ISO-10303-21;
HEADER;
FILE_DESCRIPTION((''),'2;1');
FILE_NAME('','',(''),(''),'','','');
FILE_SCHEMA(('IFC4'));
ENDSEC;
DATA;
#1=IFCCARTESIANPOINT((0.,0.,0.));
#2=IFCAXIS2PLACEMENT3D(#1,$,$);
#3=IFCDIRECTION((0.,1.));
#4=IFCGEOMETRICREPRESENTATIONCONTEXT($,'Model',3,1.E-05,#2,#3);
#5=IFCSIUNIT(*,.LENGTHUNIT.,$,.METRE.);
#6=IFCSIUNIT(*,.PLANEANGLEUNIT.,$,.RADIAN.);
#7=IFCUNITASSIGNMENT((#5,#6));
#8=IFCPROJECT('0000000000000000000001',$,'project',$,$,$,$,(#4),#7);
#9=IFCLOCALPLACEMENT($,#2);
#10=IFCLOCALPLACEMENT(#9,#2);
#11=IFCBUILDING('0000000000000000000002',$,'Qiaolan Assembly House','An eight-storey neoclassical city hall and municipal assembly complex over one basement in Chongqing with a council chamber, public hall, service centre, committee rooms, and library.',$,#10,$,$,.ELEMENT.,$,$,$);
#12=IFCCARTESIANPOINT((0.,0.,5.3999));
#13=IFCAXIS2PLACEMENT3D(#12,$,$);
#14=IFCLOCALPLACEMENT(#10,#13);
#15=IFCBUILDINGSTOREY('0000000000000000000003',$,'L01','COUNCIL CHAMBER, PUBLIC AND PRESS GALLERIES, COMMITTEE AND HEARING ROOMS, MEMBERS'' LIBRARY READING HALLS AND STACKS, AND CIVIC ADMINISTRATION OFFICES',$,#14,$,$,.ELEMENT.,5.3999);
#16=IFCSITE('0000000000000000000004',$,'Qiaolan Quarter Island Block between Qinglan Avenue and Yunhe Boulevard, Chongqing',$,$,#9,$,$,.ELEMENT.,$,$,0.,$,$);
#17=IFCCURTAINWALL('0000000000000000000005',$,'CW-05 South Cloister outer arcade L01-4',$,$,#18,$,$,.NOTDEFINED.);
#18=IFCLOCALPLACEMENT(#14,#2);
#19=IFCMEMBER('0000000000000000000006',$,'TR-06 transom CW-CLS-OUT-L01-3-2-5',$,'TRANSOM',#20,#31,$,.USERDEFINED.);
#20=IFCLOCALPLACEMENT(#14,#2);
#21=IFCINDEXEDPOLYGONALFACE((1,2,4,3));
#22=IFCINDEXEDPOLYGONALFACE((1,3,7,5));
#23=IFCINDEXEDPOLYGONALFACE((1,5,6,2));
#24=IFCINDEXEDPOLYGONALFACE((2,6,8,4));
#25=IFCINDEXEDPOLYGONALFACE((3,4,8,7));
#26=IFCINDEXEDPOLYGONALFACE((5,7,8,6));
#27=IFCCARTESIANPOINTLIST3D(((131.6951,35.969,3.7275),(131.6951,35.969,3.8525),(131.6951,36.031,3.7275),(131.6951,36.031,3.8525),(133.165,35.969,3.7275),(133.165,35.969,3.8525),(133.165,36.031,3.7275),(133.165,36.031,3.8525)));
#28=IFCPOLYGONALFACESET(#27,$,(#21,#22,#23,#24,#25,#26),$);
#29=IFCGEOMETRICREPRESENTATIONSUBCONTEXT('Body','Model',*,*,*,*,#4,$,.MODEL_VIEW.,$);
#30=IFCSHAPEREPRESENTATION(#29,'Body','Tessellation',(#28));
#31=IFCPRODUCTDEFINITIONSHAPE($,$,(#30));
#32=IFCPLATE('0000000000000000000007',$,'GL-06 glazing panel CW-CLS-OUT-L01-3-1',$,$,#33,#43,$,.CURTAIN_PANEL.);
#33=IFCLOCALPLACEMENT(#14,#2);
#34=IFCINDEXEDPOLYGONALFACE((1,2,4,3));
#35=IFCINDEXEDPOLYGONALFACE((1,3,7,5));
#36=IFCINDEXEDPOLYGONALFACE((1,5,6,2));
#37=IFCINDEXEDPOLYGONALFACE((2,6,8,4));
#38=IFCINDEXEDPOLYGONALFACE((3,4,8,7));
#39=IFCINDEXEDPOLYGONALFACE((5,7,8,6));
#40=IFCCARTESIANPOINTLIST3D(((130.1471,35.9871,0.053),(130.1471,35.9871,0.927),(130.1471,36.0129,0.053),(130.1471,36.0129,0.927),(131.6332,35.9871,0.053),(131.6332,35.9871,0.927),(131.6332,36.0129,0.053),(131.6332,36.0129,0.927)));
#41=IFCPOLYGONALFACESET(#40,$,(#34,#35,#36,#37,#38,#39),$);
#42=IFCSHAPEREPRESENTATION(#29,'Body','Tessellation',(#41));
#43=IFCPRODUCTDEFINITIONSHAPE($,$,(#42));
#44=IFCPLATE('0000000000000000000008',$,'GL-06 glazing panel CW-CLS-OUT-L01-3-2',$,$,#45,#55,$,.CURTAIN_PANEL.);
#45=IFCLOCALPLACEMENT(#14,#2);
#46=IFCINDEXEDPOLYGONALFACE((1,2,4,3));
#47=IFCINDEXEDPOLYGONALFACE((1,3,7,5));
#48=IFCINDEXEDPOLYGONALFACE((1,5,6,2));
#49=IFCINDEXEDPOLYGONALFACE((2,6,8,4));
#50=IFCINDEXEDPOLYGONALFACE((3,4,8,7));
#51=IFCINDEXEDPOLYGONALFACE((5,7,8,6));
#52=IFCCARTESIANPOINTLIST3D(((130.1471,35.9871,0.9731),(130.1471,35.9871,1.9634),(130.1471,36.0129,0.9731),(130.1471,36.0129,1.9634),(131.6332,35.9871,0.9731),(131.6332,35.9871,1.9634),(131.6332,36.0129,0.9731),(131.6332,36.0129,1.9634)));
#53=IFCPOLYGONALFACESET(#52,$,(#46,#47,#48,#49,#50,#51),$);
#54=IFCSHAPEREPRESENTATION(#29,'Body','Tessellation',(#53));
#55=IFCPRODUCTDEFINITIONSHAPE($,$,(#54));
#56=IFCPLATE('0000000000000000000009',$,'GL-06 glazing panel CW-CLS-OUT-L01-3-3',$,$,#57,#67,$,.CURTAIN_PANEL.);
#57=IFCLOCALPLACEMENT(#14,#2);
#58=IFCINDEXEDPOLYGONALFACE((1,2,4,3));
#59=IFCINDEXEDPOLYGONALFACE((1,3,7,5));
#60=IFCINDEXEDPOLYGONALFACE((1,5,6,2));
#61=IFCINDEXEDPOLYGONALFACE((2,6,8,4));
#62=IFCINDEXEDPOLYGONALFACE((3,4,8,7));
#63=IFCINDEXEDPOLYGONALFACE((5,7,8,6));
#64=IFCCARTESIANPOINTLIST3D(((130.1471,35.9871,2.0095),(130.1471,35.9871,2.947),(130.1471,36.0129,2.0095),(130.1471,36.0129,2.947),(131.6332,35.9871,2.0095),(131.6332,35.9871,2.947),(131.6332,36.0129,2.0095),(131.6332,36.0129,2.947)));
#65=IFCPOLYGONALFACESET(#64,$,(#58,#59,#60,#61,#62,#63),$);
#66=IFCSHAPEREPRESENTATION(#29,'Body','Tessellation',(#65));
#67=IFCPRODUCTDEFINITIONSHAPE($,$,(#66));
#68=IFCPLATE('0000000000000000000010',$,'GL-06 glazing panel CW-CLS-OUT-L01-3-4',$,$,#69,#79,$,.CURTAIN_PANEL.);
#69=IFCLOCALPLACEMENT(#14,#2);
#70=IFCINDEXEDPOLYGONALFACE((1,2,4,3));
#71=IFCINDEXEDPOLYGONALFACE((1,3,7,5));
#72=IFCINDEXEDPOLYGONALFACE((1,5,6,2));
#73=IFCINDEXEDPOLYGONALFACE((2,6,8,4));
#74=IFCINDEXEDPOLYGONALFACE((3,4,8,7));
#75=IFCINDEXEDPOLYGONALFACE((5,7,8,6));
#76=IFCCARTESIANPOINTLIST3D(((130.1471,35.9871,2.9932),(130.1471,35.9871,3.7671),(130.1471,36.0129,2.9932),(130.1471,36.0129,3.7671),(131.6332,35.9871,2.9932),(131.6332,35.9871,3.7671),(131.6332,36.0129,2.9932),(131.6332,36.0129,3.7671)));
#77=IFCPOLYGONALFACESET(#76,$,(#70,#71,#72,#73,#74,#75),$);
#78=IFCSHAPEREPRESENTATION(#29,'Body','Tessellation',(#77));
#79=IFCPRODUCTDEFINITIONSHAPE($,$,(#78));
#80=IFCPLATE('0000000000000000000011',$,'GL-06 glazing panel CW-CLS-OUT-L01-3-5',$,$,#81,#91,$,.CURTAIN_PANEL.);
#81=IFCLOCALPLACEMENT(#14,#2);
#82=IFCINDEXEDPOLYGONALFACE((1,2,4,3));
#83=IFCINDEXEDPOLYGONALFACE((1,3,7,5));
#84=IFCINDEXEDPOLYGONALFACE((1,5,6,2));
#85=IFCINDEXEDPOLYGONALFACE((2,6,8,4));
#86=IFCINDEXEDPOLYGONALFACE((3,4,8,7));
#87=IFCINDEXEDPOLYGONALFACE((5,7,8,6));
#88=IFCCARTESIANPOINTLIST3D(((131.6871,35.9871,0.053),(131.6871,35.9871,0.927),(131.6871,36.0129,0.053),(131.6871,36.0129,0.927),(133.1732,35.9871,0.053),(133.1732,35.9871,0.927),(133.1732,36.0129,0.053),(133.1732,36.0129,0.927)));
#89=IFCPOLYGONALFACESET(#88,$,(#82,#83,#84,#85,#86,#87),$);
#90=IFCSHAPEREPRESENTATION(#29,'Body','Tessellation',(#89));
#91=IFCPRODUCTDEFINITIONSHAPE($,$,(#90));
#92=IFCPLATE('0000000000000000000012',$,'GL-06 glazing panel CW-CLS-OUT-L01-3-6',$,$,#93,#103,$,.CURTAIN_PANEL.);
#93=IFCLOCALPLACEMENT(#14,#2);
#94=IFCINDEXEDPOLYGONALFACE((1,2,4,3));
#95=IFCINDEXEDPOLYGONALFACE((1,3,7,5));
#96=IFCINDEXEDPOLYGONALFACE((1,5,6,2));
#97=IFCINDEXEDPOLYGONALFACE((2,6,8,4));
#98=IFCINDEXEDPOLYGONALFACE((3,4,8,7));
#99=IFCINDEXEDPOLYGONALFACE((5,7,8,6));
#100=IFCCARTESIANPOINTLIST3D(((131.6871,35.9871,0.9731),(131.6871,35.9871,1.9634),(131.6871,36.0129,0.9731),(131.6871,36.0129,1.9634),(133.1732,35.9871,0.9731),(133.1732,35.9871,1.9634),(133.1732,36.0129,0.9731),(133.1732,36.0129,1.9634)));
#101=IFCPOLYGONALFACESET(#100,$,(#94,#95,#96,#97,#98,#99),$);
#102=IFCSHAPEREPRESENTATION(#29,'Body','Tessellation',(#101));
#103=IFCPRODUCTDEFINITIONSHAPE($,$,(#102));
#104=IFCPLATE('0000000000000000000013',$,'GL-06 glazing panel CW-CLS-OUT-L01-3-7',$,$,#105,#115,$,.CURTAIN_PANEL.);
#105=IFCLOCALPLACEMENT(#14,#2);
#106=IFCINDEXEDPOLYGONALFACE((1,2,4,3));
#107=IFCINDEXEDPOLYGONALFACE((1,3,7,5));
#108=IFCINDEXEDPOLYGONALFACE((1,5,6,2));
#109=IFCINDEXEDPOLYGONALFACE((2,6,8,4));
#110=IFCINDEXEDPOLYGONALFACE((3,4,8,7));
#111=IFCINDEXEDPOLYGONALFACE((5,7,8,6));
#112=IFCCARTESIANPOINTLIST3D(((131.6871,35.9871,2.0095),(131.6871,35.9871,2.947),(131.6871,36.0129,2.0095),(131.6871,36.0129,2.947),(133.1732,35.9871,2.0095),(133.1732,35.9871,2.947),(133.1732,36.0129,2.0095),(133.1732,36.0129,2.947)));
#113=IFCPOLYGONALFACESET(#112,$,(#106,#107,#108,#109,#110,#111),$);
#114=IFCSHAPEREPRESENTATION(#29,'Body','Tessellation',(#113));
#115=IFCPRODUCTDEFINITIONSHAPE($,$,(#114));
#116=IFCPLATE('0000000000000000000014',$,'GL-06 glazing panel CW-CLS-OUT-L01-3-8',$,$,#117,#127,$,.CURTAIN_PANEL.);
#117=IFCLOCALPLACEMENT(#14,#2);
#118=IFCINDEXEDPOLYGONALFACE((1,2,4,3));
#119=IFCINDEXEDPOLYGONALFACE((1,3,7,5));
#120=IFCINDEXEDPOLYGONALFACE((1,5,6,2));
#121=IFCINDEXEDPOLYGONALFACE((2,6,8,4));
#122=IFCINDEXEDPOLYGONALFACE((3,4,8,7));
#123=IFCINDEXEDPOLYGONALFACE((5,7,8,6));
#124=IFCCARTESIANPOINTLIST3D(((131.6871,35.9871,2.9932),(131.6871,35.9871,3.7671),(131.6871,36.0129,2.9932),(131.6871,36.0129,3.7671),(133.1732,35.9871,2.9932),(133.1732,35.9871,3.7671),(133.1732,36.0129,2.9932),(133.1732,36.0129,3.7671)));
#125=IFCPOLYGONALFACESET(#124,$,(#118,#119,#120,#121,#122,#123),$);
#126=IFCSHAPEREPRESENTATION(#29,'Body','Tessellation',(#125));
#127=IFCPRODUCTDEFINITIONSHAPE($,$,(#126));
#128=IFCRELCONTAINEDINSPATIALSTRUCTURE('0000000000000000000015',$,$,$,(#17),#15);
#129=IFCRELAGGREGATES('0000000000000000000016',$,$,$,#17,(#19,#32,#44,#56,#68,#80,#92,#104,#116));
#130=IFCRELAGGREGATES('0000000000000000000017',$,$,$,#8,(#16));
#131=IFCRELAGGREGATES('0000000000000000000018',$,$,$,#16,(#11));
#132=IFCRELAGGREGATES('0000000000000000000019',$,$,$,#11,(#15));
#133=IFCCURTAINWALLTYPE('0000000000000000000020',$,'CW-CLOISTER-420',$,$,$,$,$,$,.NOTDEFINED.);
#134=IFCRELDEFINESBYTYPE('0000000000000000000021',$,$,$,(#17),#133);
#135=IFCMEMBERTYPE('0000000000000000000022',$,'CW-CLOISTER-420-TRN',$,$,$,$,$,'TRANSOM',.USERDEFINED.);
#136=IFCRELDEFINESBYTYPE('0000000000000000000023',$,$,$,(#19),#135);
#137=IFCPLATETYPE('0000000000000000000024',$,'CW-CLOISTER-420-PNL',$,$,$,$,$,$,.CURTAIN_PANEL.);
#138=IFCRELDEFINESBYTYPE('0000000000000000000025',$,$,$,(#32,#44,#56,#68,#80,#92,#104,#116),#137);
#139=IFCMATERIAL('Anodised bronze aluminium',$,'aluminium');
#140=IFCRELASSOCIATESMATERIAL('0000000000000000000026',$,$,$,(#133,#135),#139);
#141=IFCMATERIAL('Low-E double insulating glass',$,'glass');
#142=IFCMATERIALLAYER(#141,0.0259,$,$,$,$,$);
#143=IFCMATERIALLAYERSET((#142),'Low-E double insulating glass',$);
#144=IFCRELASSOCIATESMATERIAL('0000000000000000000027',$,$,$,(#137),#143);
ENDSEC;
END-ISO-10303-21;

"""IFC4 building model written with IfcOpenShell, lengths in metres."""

from ifc_helpers import new_model, si_unit, direction, frame, frame_2d, origin, origin_2d, place, context, subcontext, project, spatial, rectangle, extrude, material, layer, layer_set, material_profile, profile_set, type_object, element, aggregate, save


model = new_model("IFC4")

# Units and contexts
model_context = context("Model", 3, precision=1e-05, world=origin(), true_north=direction((0.0, 1.0)))
body_context = subcontext(model_context, "Body", "Model", "MODEL_VIEW")
ifc_project = project(units=[si_unit("LENGTHUNIT", "METRE"), si_unit("PLANEANGLEUNIT", "RADIAN")], contexts=[model_context])

# Site, building, storey
site_placement = place(None, origin())
site = spatial("IfcSite", under=ifc_project, at=site_placement, Name="Qiaolan Quarter Island Block between Qinglan Avenue and Yunhe Boulevard, Chongqing", CompositionType="ELEMENT", RefElevation=0.0)
building_placement = place(site_placement, origin())
building = spatial("IfcBuilding", under=site, at=building_placement, Name="Qiaolan Assembly House", Description="An eight-storey neoclassical city hall and municipal assembly complex over one basement in Chongqing with a council chamber, public hall, service centre, committee rooms, and library.", CompositionType="ELEMENT")
storey_placement = place(building_placement, frame((0.0, 0.0, 5.3999)))
storey = spatial("IfcBuildingStorey", under=building, at=storey_placement, Name="L01", Description="COUNCIL CHAMBER, PUBLIC AND PRESS GALLERIES, COMMITTEE AND HEARING ROOMS, MEMBERS' LIBRARY READING HALLS AND STACKS, AND CIVIC ADMINISTRATION OFFICES", CompositionType="ELEMENT", Elevation=5.3999)

# Shared definitions
ifc_material_1 = material(Name="Anodised bronze aluminium", Category="aluminium")
curtain_wall_type = type_object("IfcCurtainWallType", Name="CW-CLOISTER-420", PredefinedType="NOTDEFINED", material=ifc_material_1)

# Curtain wall, member, plates
curtain_wall_1_placement = place(storey_placement, origin())
curtain_wall_1 = element("IfcCurtainWall", 1, at=curtain_wall_1_placement, inside=storey, type_object=curtain_wall_type, Name="CW-05 South Cloister outer arcade L01-4", PredefinedType="NOTDEFINED")
ifc_material_profile_1 = material_profile(ifc_material_1, rectangle(XDim=0.062, YDim=0.125, at=origin_2d()), Name="TRN 62x125")
ifc_profile_set_1 = profile_set([ifc_material_profile_1], Name="Anodised bronze aluminium")
member_type_1 = type_object("IfcMemberType", Name="CW-CLOISTER-420-TRN", ElementType="TRANSOM", PredefinedType="USERDEFINED", material=ifc_profile_set_1)
member_1_placement = place(storey_placement, frame((131.6951, 36.0, 3.79), z_axis=(1.0, 0.0, 0.0), x_axis=(0.0, 1.0, 0.0)))
member_1 = element("IfcMember", 2, at=member_1_placement, type_object=member_type_1, Name="TR-06 transom CW-CLS-OUT-L01-3-2-5", ObjectType="TRANSOM", PredefinedType="USERDEFINED", context=body_context, shape_type="SweptSolid", body=[
    extrude(rectangle(XDim=0.062, YDim=0.125, at=origin_2d()), origin(), (0.0, 0.0, 1.0), 1.47),
])
ifc_material_2 = material(Name="Low-E double insulating glass", Category="glass")
ifc_layer = layer(ifc_material_2, 0.0259)
ifc_layer_set = layer_set([ifc_layer], Name="Low-E double insulating glass")
plate_type = type_object("IfcPlateType", Name="CW-CLOISTER-420-PNL", PredefinedType="CURTAIN_PANEL", material=ifc_layer_set)
plate_1_placement = place(storey_placement, frame((130.147, 36.0, 0.053), z_axis=(0.0, 0.0, 1.0), x_axis=(1.0, 0.0, 0.0)))
plate_1 = element("IfcPlate", 3, at=plate_1_placement, type_object=plate_type, Name="GL-06 glazing panel CW-CLS-OUT-L01-3-1", PredefinedType="CURTAIN_PANEL", context=body_context, shape_type="SweptSolid", body=[
    extrude(rectangle(XDim=1.4861, YDim=0.0259, at=frame_2d((0.7432, 0.0))), origin(), (0.0, 0.0, 1.0), 0.874),
])
plate_2_placement = place(storey_placement, frame((130.147, 36.0, 0.9731), z_axis=(0.0, 0.0, 1.0), x_axis=(1.0, 0.0, 0.0)))
plate_2 = element("IfcPlate", 4, at=plate_2_placement, type_object=plate_type, Name="GL-06 glazing panel CW-CLS-OUT-L01-3-2", PredefinedType="CURTAIN_PANEL", context=body_context, shape_type="SweptSolid", body=[
    extrude(rectangle(XDim=1.4861, YDim=0.0259, at=frame_2d((0.7432, 0.0))), origin(), (0.0, 0.0, 1.0), 0.9902),
])
plate_3_placement = place(storey_placement, frame((130.147, 36.0, 2.0095), z_axis=(0.0, 0.0, 1.0), x_axis=(1.0, 0.0, 0.0)))
plate_3 = element("IfcPlate", 5, at=plate_3_placement, type_object=plate_type, Name="GL-06 glazing panel CW-CLS-OUT-L01-3-3", PredefinedType="CURTAIN_PANEL", context=body_context, shape_type="SweptSolid", body=[
    extrude(rectangle(XDim=1.4861, YDim=0.0259, at=frame_2d((0.7432, 0.0))), origin(), (0.0, 0.0, 1.0), 0.9375),
])
plate_4_placement = place(storey_placement, frame((130.147, 36.0, 2.9932), z_axis=(0.0, 0.0, 1.0), x_axis=(1.0, 0.0, 0.0)))
plate_4 = element("IfcPlate", 6, at=plate_4_placement, type_object=plate_type, Name="GL-06 glazing panel CW-CLS-OUT-L01-3-4", PredefinedType="CURTAIN_PANEL", context=body_context, shape_type="SweptSolid", body=[
    extrude(rectangle(XDim=1.4861, YDim=0.0259, at=frame_2d((0.7432, 0.0))), origin(), (0.0, 0.0, 1.0), 0.7739),
])
plate_5_placement = place(storey_placement, frame((131.687, 36.0, 0.053), z_axis=(0.0, 0.0, 1.0), x_axis=(1.0, 0.0, 0.0)))
plate_5 = element("IfcPlate", 7, at=plate_5_placement, type_object=plate_type, Name="GL-06 glazing panel CW-CLS-OUT-L01-3-5", PredefinedType="CURTAIN_PANEL", context=body_context, shape_type="SweptSolid", body=[
    extrude(rectangle(XDim=1.4861, YDim=0.0259, at=frame_2d((0.7432, 0.0))), origin(), (0.0, 0.0, 1.0), 0.874),
])
plate_6_placement = place(storey_placement, frame((131.687, 36.0, 0.9731), z_axis=(0.0, 0.0, 1.0), x_axis=(1.0, 0.0, 0.0)))
plate_6 = element("IfcPlate", 8, at=plate_6_placement, type_object=plate_type, Name="GL-06 glazing panel CW-CLS-OUT-L01-3-6", PredefinedType="CURTAIN_PANEL", context=body_context, shape_type="SweptSolid", body=[
    extrude(rectangle(XDim=1.4861, YDim=0.0259, at=frame_2d((0.7432, 0.0))), origin(), (0.0, 0.0, 1.0), 0.9902),
])
plate_7_placement = place(storey_placement, frame((131.687, 36.0, 2.0095), z_axis=(0.0, 0.0, 1.0), x_axis=(1.0, 0.0, 0.0)))
plate_7 = element("IfcPlate", 9, at=plate_7_placement, type_object=plate_type, Name="GL-06 glazing panel CW-CLS-OUT-L01-3-7", PredefinedType="CURTAIN_PANEL", context=body_context, shape_type="SweptSolid", body=[
    extrude(rectangle(XDim=1.4861, YDim=0.0259, at=frame_2d((0.7432, 0.0))), origin(), (0.0, 0.0, 1.0), 0.9375),
])
plate_8_placement = place(storey_placement, frame((131.687, 36.0, 2.9932), z_axis=(0.0, 0.0, 1.0), x_axis=(1.0, 0.0, 0.0)))
plate_8 = element("IfcPlate", 10, at=plate_8_placement, type_object=plate_type, Name="GL-06 glazing panel CW-CLS-OUT-L01-3-8", PredefinedType="CURTAIN_PANEL", context=body_context, shape_type="SweptSolid", body=[
    extrude(rectangle(XDim=1.4861, YDim=0.0259, at=frame_2d((0.7432, 0.0))), origin(), (0.0, 0.0, 1.0), 0.7739),
])
aggregate(curtain_wall_1, [member_1, plate_1, plate_2, plate_3, plate_4, plate_5, plate_6, plate_7, plate_8])

save(model, "model.ifc")
